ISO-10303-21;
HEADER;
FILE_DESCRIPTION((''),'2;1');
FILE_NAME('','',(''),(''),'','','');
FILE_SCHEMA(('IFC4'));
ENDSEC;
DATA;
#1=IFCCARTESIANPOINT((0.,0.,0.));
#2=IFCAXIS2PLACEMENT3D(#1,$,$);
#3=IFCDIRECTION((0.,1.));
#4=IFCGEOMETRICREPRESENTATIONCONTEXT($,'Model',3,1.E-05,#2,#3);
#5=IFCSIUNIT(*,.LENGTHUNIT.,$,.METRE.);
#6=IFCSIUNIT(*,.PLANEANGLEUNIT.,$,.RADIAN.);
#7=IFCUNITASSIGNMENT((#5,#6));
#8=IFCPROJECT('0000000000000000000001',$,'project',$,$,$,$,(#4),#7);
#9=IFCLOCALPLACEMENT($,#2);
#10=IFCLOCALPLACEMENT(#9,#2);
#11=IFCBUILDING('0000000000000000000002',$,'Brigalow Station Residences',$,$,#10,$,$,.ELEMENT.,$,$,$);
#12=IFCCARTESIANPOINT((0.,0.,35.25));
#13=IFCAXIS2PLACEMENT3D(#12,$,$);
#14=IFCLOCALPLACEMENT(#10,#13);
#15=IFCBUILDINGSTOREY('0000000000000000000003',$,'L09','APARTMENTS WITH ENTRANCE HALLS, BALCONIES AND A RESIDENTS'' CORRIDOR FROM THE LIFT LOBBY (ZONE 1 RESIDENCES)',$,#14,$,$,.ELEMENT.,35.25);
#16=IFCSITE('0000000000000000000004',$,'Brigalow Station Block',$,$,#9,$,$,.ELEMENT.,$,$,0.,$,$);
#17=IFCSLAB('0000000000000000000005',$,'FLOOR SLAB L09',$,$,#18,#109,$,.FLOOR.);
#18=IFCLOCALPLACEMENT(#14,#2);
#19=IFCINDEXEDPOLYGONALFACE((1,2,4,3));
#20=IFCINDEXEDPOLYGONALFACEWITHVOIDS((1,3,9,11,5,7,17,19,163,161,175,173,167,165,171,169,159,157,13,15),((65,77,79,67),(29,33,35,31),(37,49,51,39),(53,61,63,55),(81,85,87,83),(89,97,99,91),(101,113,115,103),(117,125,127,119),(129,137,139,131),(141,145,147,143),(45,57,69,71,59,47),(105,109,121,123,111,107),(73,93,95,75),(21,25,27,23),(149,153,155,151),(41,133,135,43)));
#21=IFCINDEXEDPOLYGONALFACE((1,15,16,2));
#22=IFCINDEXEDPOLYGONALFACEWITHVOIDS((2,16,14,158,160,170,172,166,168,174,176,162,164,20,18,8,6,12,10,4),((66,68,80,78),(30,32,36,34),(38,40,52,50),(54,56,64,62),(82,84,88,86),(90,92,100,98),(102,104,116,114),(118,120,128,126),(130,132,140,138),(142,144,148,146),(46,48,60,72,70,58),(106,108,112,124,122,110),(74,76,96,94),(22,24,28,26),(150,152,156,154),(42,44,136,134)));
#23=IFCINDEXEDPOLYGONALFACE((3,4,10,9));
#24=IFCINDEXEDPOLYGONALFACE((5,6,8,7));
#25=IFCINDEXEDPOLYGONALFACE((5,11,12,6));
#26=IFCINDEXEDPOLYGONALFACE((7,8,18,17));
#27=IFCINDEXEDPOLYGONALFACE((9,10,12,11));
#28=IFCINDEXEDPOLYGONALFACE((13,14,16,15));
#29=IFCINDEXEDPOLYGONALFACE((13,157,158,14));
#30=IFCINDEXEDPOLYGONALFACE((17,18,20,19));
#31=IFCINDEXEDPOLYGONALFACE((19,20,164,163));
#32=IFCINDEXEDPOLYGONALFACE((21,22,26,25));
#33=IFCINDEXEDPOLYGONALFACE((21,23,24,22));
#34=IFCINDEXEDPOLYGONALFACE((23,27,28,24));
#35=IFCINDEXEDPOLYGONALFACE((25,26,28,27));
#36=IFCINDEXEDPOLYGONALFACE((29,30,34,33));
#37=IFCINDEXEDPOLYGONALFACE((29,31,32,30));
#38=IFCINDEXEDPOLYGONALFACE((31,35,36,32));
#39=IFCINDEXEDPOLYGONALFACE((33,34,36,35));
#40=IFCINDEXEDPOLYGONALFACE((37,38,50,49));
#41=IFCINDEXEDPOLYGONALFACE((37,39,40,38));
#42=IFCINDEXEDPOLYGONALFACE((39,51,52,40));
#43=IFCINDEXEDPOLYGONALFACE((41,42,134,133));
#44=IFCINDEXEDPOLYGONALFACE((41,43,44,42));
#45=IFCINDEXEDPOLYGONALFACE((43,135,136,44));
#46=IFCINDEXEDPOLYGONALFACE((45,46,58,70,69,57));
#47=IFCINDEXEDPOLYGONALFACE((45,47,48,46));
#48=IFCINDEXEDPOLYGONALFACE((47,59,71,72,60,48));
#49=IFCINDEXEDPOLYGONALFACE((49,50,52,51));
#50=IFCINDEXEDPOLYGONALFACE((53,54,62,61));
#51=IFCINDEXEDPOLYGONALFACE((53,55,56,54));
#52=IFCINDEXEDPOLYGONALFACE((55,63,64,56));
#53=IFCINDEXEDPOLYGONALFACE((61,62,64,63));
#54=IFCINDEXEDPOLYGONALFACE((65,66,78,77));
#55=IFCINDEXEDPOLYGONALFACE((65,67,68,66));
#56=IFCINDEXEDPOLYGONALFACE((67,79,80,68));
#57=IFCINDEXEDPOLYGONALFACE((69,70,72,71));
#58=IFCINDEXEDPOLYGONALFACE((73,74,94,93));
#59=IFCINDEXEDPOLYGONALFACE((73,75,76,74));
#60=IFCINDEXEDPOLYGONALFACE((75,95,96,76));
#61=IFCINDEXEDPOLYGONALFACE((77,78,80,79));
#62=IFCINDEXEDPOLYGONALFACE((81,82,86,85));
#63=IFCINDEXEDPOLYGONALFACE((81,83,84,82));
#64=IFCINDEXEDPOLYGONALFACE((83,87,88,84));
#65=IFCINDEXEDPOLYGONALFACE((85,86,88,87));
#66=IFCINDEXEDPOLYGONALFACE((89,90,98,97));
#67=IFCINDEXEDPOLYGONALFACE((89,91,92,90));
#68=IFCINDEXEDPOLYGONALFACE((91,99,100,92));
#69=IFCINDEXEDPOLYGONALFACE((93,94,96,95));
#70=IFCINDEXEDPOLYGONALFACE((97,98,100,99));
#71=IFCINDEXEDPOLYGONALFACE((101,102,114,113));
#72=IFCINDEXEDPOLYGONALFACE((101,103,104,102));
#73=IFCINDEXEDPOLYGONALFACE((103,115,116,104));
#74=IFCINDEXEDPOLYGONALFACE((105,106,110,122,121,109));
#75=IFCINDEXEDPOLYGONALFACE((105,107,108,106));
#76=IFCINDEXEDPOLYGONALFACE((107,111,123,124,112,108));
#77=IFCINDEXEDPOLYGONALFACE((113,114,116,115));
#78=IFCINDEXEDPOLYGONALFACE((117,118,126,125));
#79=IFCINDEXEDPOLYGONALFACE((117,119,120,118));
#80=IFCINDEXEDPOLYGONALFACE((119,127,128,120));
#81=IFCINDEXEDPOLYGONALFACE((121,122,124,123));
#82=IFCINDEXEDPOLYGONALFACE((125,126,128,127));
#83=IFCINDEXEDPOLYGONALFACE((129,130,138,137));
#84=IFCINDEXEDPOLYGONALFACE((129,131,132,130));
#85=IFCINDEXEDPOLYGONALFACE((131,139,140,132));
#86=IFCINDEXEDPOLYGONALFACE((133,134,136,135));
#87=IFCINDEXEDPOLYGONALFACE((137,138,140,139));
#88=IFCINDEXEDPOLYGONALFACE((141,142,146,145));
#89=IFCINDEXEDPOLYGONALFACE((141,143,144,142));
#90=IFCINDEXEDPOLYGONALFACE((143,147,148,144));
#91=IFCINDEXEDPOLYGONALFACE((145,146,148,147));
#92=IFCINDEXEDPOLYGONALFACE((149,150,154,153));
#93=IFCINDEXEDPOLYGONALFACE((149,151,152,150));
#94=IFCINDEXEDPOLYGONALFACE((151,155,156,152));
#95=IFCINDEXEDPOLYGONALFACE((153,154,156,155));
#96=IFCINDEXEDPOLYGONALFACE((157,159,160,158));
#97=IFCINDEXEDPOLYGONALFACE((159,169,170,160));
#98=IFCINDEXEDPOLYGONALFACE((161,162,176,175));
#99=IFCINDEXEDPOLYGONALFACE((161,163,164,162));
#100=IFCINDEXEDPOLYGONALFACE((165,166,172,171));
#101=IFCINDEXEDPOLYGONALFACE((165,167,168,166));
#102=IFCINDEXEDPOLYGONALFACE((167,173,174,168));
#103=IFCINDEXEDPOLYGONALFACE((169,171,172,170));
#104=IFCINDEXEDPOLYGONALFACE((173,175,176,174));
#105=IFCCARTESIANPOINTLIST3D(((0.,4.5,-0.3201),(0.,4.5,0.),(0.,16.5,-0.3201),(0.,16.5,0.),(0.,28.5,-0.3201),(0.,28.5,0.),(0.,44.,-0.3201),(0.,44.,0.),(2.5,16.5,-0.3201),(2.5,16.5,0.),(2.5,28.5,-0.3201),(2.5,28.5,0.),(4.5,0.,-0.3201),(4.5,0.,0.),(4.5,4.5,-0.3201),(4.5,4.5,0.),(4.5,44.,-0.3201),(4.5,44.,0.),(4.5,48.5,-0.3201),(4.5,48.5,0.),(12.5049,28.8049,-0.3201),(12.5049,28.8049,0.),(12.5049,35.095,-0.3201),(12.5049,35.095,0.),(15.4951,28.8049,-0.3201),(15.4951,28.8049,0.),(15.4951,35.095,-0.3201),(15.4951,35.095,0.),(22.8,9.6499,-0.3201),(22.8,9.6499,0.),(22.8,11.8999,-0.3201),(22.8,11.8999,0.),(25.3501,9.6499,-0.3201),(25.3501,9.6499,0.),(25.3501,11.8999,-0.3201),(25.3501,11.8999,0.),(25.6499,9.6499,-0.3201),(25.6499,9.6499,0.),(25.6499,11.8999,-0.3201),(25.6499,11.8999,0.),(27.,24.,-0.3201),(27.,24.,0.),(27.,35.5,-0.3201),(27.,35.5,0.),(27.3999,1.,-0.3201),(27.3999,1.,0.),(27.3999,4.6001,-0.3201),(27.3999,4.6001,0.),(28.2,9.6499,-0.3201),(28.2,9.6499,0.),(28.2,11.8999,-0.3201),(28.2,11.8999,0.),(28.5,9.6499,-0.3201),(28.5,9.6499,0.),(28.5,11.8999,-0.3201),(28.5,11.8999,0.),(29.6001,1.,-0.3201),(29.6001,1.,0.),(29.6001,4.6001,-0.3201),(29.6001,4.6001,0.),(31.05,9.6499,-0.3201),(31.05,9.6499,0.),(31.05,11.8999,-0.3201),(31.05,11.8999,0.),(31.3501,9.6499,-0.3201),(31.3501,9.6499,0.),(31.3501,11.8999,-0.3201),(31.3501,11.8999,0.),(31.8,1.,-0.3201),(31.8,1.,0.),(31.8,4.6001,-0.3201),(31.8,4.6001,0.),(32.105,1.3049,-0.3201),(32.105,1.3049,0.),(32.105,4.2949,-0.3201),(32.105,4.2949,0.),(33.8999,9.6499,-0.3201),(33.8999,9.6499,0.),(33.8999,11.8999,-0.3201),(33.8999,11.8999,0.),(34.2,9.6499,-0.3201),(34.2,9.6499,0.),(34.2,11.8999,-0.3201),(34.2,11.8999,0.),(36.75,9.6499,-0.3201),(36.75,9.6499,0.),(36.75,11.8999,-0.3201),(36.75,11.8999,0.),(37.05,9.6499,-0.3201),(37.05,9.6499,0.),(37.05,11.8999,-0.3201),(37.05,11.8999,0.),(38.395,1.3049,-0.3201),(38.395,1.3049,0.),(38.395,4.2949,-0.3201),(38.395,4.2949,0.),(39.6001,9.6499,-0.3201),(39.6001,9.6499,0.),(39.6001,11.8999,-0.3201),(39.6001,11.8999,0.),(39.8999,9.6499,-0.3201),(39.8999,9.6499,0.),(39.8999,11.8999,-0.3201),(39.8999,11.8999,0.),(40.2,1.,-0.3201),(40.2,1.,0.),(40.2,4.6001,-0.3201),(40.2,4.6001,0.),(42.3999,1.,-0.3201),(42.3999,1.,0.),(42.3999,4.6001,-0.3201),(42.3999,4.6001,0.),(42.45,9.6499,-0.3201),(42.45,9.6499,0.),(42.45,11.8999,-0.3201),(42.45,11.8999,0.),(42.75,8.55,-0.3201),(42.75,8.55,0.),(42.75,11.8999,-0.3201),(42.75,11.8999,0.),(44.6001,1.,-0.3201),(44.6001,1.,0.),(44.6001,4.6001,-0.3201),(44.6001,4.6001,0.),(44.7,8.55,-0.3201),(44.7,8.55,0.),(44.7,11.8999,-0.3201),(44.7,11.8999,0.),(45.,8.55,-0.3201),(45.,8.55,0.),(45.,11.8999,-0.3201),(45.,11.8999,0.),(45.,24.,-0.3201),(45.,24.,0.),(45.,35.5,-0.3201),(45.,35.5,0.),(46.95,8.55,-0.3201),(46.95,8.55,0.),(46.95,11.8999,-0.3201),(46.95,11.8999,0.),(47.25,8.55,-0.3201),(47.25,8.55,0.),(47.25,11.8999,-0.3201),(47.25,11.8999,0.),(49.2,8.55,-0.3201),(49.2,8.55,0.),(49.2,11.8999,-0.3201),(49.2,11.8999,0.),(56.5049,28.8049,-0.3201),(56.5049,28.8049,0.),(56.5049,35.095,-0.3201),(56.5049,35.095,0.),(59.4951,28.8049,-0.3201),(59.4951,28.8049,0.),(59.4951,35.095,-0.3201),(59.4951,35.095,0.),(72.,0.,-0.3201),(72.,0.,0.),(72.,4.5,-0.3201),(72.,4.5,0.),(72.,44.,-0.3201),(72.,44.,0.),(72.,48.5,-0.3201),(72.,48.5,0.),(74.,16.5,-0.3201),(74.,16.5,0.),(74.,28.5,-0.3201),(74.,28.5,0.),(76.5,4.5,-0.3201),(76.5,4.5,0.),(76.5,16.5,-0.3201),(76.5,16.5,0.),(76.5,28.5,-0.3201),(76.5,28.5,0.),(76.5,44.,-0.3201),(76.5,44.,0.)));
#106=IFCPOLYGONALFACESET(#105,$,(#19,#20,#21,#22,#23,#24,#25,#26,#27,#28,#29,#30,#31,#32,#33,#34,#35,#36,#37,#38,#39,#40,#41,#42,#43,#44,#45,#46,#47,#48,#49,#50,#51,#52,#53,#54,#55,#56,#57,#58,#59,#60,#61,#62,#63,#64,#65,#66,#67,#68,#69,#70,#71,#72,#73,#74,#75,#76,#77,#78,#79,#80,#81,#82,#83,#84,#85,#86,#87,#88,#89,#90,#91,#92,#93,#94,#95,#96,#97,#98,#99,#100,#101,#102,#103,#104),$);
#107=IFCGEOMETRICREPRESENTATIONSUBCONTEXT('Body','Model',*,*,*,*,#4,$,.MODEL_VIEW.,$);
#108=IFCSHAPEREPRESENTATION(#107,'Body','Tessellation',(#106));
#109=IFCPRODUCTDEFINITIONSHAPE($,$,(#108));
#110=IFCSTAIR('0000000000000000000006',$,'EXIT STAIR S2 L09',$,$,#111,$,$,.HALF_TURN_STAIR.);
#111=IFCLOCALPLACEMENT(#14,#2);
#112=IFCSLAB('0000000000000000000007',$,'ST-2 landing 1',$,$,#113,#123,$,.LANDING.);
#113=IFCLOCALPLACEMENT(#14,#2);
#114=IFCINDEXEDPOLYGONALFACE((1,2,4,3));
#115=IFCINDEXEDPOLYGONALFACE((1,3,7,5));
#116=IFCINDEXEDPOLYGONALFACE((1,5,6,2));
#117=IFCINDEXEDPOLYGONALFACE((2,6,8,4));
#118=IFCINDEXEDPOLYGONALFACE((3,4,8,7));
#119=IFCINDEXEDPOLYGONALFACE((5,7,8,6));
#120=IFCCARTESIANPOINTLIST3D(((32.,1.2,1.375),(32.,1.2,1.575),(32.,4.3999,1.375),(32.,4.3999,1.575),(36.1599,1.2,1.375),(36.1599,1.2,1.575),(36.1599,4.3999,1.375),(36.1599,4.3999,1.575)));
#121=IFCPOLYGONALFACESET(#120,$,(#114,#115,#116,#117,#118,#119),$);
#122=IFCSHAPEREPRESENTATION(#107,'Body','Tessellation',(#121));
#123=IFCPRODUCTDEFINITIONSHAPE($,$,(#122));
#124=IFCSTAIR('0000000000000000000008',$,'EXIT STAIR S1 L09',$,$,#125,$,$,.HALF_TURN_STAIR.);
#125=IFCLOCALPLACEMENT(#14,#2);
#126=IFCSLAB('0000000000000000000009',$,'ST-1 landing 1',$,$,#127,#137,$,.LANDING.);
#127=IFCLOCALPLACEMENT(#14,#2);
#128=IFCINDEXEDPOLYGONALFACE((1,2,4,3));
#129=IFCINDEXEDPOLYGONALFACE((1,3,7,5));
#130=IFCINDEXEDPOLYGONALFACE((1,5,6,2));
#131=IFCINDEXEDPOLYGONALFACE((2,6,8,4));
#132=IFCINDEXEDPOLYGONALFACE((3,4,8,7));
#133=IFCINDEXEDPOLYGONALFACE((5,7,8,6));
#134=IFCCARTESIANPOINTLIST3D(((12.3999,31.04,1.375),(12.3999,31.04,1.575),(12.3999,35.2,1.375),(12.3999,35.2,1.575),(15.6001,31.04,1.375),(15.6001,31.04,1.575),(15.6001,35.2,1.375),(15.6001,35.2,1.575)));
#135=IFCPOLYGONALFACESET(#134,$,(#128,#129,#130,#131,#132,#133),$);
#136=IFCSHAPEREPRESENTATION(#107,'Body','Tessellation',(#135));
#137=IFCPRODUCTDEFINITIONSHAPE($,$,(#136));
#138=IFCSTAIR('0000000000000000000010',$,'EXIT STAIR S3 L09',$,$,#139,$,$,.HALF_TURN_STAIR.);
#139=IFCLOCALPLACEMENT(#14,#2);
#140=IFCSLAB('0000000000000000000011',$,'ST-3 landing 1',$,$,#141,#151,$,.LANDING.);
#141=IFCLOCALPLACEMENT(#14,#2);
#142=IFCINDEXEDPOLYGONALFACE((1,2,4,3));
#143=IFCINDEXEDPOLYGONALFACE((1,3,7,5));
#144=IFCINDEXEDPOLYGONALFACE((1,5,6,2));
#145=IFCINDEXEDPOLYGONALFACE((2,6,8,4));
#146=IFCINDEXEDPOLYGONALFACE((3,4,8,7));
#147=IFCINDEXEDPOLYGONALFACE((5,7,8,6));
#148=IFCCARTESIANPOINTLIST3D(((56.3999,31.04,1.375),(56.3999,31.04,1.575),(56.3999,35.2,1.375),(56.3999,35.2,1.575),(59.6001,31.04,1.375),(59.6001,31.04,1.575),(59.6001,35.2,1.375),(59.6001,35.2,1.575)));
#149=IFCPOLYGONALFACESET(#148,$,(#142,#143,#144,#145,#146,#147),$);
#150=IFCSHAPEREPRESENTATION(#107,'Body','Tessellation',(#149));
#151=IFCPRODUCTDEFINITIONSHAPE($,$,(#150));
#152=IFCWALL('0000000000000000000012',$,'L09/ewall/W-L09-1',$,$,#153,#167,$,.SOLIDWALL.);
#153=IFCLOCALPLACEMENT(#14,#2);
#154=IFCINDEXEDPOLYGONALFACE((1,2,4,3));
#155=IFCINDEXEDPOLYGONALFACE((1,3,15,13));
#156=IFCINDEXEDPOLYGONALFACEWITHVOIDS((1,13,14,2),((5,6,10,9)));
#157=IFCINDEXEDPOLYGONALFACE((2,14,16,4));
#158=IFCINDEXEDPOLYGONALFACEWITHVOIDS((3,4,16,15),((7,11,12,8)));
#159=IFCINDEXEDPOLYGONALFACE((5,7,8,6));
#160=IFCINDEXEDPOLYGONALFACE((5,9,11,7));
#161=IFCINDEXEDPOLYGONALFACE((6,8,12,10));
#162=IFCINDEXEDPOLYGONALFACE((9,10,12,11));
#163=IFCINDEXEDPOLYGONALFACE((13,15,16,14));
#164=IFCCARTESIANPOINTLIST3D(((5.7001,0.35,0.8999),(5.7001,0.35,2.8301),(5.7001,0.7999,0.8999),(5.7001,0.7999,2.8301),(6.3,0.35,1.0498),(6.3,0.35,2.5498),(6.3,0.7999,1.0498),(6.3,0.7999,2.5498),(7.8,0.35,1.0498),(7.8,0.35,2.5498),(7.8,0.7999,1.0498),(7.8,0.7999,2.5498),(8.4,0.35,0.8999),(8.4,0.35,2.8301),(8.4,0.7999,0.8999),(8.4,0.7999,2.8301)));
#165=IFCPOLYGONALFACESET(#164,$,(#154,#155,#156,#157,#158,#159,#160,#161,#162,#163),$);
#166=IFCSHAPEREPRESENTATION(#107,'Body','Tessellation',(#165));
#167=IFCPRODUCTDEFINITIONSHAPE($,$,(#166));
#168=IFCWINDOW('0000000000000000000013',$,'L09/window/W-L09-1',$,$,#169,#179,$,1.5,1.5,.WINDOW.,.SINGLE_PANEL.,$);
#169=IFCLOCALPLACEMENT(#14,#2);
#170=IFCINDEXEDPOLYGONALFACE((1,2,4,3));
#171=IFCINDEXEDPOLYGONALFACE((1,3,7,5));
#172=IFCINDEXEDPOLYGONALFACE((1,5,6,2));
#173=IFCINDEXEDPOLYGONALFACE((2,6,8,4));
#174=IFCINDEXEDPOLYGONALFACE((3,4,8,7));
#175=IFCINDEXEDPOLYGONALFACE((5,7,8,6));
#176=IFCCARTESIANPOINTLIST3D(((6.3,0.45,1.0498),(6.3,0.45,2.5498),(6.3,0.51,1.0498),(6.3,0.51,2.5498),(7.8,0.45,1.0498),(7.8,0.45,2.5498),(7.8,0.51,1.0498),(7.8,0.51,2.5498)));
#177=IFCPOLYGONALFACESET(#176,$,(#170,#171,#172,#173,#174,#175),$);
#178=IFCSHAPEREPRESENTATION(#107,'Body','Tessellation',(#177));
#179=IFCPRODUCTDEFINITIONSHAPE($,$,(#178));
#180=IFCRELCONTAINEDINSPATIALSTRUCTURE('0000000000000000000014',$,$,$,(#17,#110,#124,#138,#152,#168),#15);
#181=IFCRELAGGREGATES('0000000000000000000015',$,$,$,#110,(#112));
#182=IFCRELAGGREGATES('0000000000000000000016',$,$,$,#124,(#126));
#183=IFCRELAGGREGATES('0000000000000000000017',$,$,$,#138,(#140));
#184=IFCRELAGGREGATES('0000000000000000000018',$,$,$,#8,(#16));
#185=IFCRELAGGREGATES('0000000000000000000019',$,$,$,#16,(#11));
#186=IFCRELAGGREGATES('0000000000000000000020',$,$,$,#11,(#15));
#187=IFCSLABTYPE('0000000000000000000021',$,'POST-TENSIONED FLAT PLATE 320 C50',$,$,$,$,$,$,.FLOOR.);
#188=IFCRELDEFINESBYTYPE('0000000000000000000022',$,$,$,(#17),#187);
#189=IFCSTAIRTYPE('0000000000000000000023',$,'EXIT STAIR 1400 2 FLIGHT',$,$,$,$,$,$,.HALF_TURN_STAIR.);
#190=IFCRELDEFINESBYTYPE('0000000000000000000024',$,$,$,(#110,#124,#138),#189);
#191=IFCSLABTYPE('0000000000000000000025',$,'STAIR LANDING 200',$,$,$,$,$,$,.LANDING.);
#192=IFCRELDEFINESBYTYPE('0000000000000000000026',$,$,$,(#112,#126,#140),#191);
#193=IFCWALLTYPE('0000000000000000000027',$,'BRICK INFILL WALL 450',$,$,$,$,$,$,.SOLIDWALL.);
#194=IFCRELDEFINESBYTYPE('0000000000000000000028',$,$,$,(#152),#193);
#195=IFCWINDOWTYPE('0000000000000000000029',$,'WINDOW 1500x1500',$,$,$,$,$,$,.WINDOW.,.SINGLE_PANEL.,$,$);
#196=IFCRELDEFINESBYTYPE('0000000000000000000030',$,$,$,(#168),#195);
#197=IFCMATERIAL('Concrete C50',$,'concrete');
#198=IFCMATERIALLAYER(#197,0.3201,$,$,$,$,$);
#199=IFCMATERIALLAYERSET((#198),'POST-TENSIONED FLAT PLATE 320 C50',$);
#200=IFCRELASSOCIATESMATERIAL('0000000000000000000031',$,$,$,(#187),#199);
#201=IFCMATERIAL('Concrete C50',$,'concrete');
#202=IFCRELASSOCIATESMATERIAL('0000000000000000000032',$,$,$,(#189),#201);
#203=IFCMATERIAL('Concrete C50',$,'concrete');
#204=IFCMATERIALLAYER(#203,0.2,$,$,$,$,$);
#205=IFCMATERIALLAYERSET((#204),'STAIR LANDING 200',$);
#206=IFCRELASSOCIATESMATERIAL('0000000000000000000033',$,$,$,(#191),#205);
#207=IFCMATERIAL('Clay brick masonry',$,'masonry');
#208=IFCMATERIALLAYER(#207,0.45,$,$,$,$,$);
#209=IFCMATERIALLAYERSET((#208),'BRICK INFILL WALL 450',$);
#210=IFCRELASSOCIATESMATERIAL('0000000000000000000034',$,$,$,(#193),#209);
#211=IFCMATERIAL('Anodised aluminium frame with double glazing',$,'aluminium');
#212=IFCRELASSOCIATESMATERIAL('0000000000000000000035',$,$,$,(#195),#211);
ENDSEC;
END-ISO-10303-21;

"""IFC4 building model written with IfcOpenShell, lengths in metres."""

from ifc_helpers import new_model, si_unit, direction, frame, frame_2d, origin, place, context, subcontext, project, spatial, polyline, rectangle, outline, extrude, material, layer, layer_set, type_object, element, fill, aggregate, save


model = new_model("IFC4")

# Units and contexts
model_context = context("Model", 3, precision=1e-05, world=origin(), true_north=direction((0.0, 1.0)))
body_context = subcontext(model_context, "Body", "Model", "MODEL_VIEW")
ifc_project = project(units=[si_unit("LENGTHUNIT", "METRE"), si_unit("PLANEANGLEUNIT", "RADIAN")], contexts=[model_context])

# Site, building, storey
site_placement = place(None, origin())
site = spatial("IfcSite", under=ifc_project, at=site_placement, Name="Brigalow Station Block", CompositionType="ELEMENT", RefElevation=0.0)
building_placement = place(site_placement, origin())
building = spatial("IfcBuilding", under=site, at=building_placement, Name="Brigalow Station Residences", CompositionType="ELEMENT")
storey_placement = place(building_placement, frame((0.0, 0.0, 35.25)))
storey = spatial("IfcBuildingStorey", under=building, at=storey_placement, Name="L09", Description="APARTMENTS WITH ENTRANCE HALLS, BALCONIES AND A RESIDENTS' CORRIDOR FROM THE LIFT LOBBY (ZONE 1 RESIDENCES)", CompositionType="ELEMENT", Elevation=35.25)

# Slab
ifc_material_1 = material(Name="Concrete C50", Category="concrete")
ifc_layer_1 = layer(ifc_material_1, 0.3201)
ifc_layer_set_1 = layer_set([ifc_layer_1], Name="POST-TENSIONED FLAT PLATE 320 C50")
slab_type_1 = type_object("IfcSlabType", Name="POST-TENSIONED FLAT PLATE 320 C50", PredefinedType="FLOOR", material=ifc_layer_set_1)
slab_1_placement = place(storey_placement, frame((0.0, 0.0, -0.3201)))
element("IfcSlab", 1, at=slab_1_placement, inside=storey, type_object=slab_type_1, Name="FLOOR SLAB L09", PredefinedType="FLOOR", context=body_context, shape_type="SweptSolid", body=[
    extrude(outline(polyline([(4.5, 0.0), (72.0, 0.0), (72.0, 4.5), (76.5, 4.5), (76.5, 16.5), (74.0, 16.5), (74.0, 28.5), (76.5, 28.5), (76.5, 44.0), (72.0, 44.0), (72.0, 48.5), (4.5, 48.5), (4.5, 44.0), (0.0, 44.0), (0.0, 28.5), (2.5, 28.5), (2.5, 16.5), (0.0, 16.5), (0.0, 4.5), (4.5, 4.5), (4.5, 0.0)]), holes=[polyline([(15.4951, 35.095), (15.4951, 28.8049), (12.5049, 28.8049), (12.5049, 35.095), (15.4951, 35.095)]), polyline([(22.8, 11.8999), (25.3501, 11.8999), (25.3501, 9.6499), (22.8, 9.6499), (22.8, 11.8999)]), polyline([(25.6499, 11.8999), (28.2, 11.8999), (28.2, 9.6499), (25.6499, 9.6499), (25.6499, 11.8999)]), polyline([(28.5, 11.8999), (31.05, 11.8999), (31.05, 9.6499), (28.5, 9.6499), (28.5, 11.8999)]), polyline([(29.6001, 1.0), (27.3999, 1.0), (27.3999, 4.6001), (29.6001, 4.6001), (31.8, 4.6001), (31.8, 1.0), (29.6001, 1.0)]), polyline([(31.3501, 11.8999), (33.8999, 11.8999), (33.8999, 9.6499), (31.3501, 9.6499), (31.3501, 11.8999)]), polyline([(32.105, 4.2949), (38.395, 4.2949), (38.395, 1.3049), (32.105, 1.3049), (32.105, 4.2949)]), polyline([(36.75, 11.8999), (36.75, 9.6499), (34.2, 9.6499), (34.2, 11.8999), (36.75, 11.8999)]), polyline([(37.05, 11.8999), (39.6001, 11.8999), (39.6001, 9.6499), (37.05, 9.6499), (37.05, 11.8999)]), polyline([(39.8999, 11.8999), (42.45, 11.8999), (42.45, 9.6499), (39.8999, 9.6499), (39.8999, 11.8999)]), polyline([(42.3999, 1.0), (40.2, 1.0), (40.2, 4.6001), (42.3999, 4.6001), (44.6001, 4.6001), (44.6001, 1.0), (42.3999, 1.0)]), polyline([(42.75, 11.8999), (44.7, 11.8999), (44.7, 8.55), (42.75, 8.55), (42.75, 11.8999)]), polyline([(45.0, 11.8999), (46.95, 11.8999), (46.95, 8.55), (45.0, 8.55), (45.0, 11.8999)]), polyline([(45.0, 35.5), (45.0, 24.0), (27.0, 24.0), (27.0, 35.5), (45.0, 35.5)]), polyline([(47.25, 11.8999), (49.2, 11.8999), (49.2, 8.55), (47.25, 8.55), (47.25, 11.8999)]), polyline([(59.4951, 35.095), (59.4951, 28.8049), (56.5049, 28.8049), (56.5049, 35.095), (59.4951, 35.095)])]), origin(), (0.0, 0.0, 1.0), 0.3201),
])

# Stairs, slabs
ifc_material_2 = material(Name="Concrete C50", Category="concrete")
stair_type = type_object("IfcStairType", Name="EXIT STAIR 1400 2 FLIGHT", PredefinedType="HALF_TURN_STAIR", material=ifc_material_2)
stair_1_placement = place(storey_placement, origin())
stair_1 = element("IfcStair", 2, at=stair_1_placement, inside=storey, type_object=stair_type, Name="EXIT STAIR S2 L09", PredefinedType="HALF_TURN_STAIR")
ifc_material_3 = material(Name="Concrete C50", Category="concrete")
ifc_layer_2 = layer(ifc_material_3, 0.2)
ifc_layer_set_2 = layer_set([ifc_layer_2], Name="STAIR LANDING 200")
slab_type_2 = type_object("IfcSlabType", Name="STAIR LANDING 200", PredefinedType="LANDING", material=ifc_layer_set_2)
slab_2_placement = place(storey_placement, frame((0.0, 0.0, 1.375)))
slab_2 = element("IfcSlab", 3, at=slab_2_placement, type_object=slab_type_2, Name="ST-2 landing 1", PredefinedType="LANDING", context=body_context, shape_type="SweptSolid", body=[
    extrude(outline(polyline([(32.0, 1.2), (36.1599, 1.2), (36.1599, 4.3999), (32.0, 4.3999), (32.0, 1.2)])), origin(), (0.0, 0.0, 1.0), 0.2),
])
aggregate(stair_1, [slab_2])
stair_2_placement = place(storey_placement, origin())
stair_2 = element("IfcStair", 4, at=stair_2_placement, inside=storey, type_object=stair_type, Name="EXIT STAIR S1 L09", PredefinedType="HALF_TURN_STAIR")
slab_3_placement = place(storey_placement, frame((0.0, 0.0, 1.375)))
slab_3 = element("IfcSlab", 5, at=slab_3_placement, type_object=slab_type_2, Name="ST-1 landing 1", PredefinedType="LANDING", context=body_context, shape_type="SweptSolid", body=[
    extrude(outline(polyline([(12.3999, 31.04), (15.6001, 31.04), (15.6001, 35.2), (12.3999, 35.2), (12.3999, 31.04)])), origin(), (0.0, 0.0, 1.0), 0.2),
])
aggregate(stair_2, [slab_3])
stair_3_placement = place(storey_placement, origin())
stair_3 = element("IfcStair", 6, at=stair_3_placement, inside=storey, type_object=stair_type, Name="EXIT STAIR S3 L09", PredefinedType="HALF_TURN_STAIR")
slab_4_placement = place(storey_placement, frame((0.0, 0.0, 1.375)))
slab_4 = element("IfcSlab", 7, at=slab_4_placement, type_object=slab_type_2, Name="ST-3 landing 1", PredefinedType="LANDING", context=body_context, shape_type="SweptSolid", body=[
    extrude(outline(polyline([(56.3999, 31.04), (59.6001, 31.04), (59.6001, 35.2), (56.3999, 35.2), (56.3999, 31.04)])), origin(), (0.0, 0.0, 1.0), 0.2),
])
aggregate(stair_3, [slab_4])

# Wall, opening, window
ifc_material_4 = material(Name="Clay brick masonry", Category="masonry")
ifc_layer_3 = layer(ifc_material_4, 0.45)
ifc_layer_set_3 = layer_set([ifc_layer_3], Name="BRICK INFILL WALL 450")
wall_type_1 = type_object("IfcWallType", Name="BRICK INFILL WALL 450", PredefinedType="SOLIDWALL", material=ifc_layer_set_3)
wall_1_placement = place(storey_placement, frame((5.7, 0.575, 0.8999), z_axis=(0.0, 0.0, 1.0), x_axis=(1.0, 0.0, 0.0)))
wall_1 = element("IfcWall", 8, at=wall_1_placement, inside=storey, type_object=wall_type_1, Name="L09/ewall/W-L09-1", PredefinedType="SOLIDWALL", context=body_context, shape_type="SweptSolid", body=[
    extrude(rectangle(XDim=2.7, YDim=0.45, at=frame_2d((1.3501, 0.0))), origin(), (0.0, 0.0, 1.0), 1.9302),
])
opening_1_placement = place(wall_1_placement, frame((0.6001, 0.0, 0.1499)))
opening_1 = element("IfcOpeningElement", 9, at=opening_1_placement, cuts=wall_1, PredefinedType="OPENING", context=body_context, shape_type="SweptSolid", body=[
    extrude(rectangle(XDim=1.5, YDim=1.5, at=frame_2d((0.75, 0.75))), frame((0.0, 0.2349, 0.0), z_axis=(0.0, -1.0, 0.0), x_axis=(1.0, 0.0, 0.0)), (0.0, 0.0, 1.0), 0.47),
])
ifc_material_5 = material(Name="Anodised aluminium frame with double glazing", Category="aluminium")
window_type_1 = type_object("IfcWindowType", Name="WINDOW 1500x1500", PartitioningType="SINGLE_PANEL", PredefinedType="WINDOW", material=ifc_material_5)
window_1_placement = place(opening_1_placement, origin())
window_1 = element("IfcWindow", 10, at=window_1_placement, inside=storey, type_object=window_type_1, Name="L09/window/W-L09-1", OverallHeight=1.5, OverallWidth=1.5, PartitioningType="SINGLE_PANEL", PredefinedType="WINDOW", context=body_context, shape_type="SweptSolid", body=[
    extrude(rectangle(XDim=1.5, YDim=1.5, at=frame_2d((0.75, 0.75))), frame((0.0, -0.0649, 0.0), z_axis=(0.0, -1.0, 0.0), x_axis=(1.0, 0.0, 0.0)), (0.0, 0.0, 1.0), 0.0601),
])
fill(opening_1, window_1)

save(model, "model.ifc")
